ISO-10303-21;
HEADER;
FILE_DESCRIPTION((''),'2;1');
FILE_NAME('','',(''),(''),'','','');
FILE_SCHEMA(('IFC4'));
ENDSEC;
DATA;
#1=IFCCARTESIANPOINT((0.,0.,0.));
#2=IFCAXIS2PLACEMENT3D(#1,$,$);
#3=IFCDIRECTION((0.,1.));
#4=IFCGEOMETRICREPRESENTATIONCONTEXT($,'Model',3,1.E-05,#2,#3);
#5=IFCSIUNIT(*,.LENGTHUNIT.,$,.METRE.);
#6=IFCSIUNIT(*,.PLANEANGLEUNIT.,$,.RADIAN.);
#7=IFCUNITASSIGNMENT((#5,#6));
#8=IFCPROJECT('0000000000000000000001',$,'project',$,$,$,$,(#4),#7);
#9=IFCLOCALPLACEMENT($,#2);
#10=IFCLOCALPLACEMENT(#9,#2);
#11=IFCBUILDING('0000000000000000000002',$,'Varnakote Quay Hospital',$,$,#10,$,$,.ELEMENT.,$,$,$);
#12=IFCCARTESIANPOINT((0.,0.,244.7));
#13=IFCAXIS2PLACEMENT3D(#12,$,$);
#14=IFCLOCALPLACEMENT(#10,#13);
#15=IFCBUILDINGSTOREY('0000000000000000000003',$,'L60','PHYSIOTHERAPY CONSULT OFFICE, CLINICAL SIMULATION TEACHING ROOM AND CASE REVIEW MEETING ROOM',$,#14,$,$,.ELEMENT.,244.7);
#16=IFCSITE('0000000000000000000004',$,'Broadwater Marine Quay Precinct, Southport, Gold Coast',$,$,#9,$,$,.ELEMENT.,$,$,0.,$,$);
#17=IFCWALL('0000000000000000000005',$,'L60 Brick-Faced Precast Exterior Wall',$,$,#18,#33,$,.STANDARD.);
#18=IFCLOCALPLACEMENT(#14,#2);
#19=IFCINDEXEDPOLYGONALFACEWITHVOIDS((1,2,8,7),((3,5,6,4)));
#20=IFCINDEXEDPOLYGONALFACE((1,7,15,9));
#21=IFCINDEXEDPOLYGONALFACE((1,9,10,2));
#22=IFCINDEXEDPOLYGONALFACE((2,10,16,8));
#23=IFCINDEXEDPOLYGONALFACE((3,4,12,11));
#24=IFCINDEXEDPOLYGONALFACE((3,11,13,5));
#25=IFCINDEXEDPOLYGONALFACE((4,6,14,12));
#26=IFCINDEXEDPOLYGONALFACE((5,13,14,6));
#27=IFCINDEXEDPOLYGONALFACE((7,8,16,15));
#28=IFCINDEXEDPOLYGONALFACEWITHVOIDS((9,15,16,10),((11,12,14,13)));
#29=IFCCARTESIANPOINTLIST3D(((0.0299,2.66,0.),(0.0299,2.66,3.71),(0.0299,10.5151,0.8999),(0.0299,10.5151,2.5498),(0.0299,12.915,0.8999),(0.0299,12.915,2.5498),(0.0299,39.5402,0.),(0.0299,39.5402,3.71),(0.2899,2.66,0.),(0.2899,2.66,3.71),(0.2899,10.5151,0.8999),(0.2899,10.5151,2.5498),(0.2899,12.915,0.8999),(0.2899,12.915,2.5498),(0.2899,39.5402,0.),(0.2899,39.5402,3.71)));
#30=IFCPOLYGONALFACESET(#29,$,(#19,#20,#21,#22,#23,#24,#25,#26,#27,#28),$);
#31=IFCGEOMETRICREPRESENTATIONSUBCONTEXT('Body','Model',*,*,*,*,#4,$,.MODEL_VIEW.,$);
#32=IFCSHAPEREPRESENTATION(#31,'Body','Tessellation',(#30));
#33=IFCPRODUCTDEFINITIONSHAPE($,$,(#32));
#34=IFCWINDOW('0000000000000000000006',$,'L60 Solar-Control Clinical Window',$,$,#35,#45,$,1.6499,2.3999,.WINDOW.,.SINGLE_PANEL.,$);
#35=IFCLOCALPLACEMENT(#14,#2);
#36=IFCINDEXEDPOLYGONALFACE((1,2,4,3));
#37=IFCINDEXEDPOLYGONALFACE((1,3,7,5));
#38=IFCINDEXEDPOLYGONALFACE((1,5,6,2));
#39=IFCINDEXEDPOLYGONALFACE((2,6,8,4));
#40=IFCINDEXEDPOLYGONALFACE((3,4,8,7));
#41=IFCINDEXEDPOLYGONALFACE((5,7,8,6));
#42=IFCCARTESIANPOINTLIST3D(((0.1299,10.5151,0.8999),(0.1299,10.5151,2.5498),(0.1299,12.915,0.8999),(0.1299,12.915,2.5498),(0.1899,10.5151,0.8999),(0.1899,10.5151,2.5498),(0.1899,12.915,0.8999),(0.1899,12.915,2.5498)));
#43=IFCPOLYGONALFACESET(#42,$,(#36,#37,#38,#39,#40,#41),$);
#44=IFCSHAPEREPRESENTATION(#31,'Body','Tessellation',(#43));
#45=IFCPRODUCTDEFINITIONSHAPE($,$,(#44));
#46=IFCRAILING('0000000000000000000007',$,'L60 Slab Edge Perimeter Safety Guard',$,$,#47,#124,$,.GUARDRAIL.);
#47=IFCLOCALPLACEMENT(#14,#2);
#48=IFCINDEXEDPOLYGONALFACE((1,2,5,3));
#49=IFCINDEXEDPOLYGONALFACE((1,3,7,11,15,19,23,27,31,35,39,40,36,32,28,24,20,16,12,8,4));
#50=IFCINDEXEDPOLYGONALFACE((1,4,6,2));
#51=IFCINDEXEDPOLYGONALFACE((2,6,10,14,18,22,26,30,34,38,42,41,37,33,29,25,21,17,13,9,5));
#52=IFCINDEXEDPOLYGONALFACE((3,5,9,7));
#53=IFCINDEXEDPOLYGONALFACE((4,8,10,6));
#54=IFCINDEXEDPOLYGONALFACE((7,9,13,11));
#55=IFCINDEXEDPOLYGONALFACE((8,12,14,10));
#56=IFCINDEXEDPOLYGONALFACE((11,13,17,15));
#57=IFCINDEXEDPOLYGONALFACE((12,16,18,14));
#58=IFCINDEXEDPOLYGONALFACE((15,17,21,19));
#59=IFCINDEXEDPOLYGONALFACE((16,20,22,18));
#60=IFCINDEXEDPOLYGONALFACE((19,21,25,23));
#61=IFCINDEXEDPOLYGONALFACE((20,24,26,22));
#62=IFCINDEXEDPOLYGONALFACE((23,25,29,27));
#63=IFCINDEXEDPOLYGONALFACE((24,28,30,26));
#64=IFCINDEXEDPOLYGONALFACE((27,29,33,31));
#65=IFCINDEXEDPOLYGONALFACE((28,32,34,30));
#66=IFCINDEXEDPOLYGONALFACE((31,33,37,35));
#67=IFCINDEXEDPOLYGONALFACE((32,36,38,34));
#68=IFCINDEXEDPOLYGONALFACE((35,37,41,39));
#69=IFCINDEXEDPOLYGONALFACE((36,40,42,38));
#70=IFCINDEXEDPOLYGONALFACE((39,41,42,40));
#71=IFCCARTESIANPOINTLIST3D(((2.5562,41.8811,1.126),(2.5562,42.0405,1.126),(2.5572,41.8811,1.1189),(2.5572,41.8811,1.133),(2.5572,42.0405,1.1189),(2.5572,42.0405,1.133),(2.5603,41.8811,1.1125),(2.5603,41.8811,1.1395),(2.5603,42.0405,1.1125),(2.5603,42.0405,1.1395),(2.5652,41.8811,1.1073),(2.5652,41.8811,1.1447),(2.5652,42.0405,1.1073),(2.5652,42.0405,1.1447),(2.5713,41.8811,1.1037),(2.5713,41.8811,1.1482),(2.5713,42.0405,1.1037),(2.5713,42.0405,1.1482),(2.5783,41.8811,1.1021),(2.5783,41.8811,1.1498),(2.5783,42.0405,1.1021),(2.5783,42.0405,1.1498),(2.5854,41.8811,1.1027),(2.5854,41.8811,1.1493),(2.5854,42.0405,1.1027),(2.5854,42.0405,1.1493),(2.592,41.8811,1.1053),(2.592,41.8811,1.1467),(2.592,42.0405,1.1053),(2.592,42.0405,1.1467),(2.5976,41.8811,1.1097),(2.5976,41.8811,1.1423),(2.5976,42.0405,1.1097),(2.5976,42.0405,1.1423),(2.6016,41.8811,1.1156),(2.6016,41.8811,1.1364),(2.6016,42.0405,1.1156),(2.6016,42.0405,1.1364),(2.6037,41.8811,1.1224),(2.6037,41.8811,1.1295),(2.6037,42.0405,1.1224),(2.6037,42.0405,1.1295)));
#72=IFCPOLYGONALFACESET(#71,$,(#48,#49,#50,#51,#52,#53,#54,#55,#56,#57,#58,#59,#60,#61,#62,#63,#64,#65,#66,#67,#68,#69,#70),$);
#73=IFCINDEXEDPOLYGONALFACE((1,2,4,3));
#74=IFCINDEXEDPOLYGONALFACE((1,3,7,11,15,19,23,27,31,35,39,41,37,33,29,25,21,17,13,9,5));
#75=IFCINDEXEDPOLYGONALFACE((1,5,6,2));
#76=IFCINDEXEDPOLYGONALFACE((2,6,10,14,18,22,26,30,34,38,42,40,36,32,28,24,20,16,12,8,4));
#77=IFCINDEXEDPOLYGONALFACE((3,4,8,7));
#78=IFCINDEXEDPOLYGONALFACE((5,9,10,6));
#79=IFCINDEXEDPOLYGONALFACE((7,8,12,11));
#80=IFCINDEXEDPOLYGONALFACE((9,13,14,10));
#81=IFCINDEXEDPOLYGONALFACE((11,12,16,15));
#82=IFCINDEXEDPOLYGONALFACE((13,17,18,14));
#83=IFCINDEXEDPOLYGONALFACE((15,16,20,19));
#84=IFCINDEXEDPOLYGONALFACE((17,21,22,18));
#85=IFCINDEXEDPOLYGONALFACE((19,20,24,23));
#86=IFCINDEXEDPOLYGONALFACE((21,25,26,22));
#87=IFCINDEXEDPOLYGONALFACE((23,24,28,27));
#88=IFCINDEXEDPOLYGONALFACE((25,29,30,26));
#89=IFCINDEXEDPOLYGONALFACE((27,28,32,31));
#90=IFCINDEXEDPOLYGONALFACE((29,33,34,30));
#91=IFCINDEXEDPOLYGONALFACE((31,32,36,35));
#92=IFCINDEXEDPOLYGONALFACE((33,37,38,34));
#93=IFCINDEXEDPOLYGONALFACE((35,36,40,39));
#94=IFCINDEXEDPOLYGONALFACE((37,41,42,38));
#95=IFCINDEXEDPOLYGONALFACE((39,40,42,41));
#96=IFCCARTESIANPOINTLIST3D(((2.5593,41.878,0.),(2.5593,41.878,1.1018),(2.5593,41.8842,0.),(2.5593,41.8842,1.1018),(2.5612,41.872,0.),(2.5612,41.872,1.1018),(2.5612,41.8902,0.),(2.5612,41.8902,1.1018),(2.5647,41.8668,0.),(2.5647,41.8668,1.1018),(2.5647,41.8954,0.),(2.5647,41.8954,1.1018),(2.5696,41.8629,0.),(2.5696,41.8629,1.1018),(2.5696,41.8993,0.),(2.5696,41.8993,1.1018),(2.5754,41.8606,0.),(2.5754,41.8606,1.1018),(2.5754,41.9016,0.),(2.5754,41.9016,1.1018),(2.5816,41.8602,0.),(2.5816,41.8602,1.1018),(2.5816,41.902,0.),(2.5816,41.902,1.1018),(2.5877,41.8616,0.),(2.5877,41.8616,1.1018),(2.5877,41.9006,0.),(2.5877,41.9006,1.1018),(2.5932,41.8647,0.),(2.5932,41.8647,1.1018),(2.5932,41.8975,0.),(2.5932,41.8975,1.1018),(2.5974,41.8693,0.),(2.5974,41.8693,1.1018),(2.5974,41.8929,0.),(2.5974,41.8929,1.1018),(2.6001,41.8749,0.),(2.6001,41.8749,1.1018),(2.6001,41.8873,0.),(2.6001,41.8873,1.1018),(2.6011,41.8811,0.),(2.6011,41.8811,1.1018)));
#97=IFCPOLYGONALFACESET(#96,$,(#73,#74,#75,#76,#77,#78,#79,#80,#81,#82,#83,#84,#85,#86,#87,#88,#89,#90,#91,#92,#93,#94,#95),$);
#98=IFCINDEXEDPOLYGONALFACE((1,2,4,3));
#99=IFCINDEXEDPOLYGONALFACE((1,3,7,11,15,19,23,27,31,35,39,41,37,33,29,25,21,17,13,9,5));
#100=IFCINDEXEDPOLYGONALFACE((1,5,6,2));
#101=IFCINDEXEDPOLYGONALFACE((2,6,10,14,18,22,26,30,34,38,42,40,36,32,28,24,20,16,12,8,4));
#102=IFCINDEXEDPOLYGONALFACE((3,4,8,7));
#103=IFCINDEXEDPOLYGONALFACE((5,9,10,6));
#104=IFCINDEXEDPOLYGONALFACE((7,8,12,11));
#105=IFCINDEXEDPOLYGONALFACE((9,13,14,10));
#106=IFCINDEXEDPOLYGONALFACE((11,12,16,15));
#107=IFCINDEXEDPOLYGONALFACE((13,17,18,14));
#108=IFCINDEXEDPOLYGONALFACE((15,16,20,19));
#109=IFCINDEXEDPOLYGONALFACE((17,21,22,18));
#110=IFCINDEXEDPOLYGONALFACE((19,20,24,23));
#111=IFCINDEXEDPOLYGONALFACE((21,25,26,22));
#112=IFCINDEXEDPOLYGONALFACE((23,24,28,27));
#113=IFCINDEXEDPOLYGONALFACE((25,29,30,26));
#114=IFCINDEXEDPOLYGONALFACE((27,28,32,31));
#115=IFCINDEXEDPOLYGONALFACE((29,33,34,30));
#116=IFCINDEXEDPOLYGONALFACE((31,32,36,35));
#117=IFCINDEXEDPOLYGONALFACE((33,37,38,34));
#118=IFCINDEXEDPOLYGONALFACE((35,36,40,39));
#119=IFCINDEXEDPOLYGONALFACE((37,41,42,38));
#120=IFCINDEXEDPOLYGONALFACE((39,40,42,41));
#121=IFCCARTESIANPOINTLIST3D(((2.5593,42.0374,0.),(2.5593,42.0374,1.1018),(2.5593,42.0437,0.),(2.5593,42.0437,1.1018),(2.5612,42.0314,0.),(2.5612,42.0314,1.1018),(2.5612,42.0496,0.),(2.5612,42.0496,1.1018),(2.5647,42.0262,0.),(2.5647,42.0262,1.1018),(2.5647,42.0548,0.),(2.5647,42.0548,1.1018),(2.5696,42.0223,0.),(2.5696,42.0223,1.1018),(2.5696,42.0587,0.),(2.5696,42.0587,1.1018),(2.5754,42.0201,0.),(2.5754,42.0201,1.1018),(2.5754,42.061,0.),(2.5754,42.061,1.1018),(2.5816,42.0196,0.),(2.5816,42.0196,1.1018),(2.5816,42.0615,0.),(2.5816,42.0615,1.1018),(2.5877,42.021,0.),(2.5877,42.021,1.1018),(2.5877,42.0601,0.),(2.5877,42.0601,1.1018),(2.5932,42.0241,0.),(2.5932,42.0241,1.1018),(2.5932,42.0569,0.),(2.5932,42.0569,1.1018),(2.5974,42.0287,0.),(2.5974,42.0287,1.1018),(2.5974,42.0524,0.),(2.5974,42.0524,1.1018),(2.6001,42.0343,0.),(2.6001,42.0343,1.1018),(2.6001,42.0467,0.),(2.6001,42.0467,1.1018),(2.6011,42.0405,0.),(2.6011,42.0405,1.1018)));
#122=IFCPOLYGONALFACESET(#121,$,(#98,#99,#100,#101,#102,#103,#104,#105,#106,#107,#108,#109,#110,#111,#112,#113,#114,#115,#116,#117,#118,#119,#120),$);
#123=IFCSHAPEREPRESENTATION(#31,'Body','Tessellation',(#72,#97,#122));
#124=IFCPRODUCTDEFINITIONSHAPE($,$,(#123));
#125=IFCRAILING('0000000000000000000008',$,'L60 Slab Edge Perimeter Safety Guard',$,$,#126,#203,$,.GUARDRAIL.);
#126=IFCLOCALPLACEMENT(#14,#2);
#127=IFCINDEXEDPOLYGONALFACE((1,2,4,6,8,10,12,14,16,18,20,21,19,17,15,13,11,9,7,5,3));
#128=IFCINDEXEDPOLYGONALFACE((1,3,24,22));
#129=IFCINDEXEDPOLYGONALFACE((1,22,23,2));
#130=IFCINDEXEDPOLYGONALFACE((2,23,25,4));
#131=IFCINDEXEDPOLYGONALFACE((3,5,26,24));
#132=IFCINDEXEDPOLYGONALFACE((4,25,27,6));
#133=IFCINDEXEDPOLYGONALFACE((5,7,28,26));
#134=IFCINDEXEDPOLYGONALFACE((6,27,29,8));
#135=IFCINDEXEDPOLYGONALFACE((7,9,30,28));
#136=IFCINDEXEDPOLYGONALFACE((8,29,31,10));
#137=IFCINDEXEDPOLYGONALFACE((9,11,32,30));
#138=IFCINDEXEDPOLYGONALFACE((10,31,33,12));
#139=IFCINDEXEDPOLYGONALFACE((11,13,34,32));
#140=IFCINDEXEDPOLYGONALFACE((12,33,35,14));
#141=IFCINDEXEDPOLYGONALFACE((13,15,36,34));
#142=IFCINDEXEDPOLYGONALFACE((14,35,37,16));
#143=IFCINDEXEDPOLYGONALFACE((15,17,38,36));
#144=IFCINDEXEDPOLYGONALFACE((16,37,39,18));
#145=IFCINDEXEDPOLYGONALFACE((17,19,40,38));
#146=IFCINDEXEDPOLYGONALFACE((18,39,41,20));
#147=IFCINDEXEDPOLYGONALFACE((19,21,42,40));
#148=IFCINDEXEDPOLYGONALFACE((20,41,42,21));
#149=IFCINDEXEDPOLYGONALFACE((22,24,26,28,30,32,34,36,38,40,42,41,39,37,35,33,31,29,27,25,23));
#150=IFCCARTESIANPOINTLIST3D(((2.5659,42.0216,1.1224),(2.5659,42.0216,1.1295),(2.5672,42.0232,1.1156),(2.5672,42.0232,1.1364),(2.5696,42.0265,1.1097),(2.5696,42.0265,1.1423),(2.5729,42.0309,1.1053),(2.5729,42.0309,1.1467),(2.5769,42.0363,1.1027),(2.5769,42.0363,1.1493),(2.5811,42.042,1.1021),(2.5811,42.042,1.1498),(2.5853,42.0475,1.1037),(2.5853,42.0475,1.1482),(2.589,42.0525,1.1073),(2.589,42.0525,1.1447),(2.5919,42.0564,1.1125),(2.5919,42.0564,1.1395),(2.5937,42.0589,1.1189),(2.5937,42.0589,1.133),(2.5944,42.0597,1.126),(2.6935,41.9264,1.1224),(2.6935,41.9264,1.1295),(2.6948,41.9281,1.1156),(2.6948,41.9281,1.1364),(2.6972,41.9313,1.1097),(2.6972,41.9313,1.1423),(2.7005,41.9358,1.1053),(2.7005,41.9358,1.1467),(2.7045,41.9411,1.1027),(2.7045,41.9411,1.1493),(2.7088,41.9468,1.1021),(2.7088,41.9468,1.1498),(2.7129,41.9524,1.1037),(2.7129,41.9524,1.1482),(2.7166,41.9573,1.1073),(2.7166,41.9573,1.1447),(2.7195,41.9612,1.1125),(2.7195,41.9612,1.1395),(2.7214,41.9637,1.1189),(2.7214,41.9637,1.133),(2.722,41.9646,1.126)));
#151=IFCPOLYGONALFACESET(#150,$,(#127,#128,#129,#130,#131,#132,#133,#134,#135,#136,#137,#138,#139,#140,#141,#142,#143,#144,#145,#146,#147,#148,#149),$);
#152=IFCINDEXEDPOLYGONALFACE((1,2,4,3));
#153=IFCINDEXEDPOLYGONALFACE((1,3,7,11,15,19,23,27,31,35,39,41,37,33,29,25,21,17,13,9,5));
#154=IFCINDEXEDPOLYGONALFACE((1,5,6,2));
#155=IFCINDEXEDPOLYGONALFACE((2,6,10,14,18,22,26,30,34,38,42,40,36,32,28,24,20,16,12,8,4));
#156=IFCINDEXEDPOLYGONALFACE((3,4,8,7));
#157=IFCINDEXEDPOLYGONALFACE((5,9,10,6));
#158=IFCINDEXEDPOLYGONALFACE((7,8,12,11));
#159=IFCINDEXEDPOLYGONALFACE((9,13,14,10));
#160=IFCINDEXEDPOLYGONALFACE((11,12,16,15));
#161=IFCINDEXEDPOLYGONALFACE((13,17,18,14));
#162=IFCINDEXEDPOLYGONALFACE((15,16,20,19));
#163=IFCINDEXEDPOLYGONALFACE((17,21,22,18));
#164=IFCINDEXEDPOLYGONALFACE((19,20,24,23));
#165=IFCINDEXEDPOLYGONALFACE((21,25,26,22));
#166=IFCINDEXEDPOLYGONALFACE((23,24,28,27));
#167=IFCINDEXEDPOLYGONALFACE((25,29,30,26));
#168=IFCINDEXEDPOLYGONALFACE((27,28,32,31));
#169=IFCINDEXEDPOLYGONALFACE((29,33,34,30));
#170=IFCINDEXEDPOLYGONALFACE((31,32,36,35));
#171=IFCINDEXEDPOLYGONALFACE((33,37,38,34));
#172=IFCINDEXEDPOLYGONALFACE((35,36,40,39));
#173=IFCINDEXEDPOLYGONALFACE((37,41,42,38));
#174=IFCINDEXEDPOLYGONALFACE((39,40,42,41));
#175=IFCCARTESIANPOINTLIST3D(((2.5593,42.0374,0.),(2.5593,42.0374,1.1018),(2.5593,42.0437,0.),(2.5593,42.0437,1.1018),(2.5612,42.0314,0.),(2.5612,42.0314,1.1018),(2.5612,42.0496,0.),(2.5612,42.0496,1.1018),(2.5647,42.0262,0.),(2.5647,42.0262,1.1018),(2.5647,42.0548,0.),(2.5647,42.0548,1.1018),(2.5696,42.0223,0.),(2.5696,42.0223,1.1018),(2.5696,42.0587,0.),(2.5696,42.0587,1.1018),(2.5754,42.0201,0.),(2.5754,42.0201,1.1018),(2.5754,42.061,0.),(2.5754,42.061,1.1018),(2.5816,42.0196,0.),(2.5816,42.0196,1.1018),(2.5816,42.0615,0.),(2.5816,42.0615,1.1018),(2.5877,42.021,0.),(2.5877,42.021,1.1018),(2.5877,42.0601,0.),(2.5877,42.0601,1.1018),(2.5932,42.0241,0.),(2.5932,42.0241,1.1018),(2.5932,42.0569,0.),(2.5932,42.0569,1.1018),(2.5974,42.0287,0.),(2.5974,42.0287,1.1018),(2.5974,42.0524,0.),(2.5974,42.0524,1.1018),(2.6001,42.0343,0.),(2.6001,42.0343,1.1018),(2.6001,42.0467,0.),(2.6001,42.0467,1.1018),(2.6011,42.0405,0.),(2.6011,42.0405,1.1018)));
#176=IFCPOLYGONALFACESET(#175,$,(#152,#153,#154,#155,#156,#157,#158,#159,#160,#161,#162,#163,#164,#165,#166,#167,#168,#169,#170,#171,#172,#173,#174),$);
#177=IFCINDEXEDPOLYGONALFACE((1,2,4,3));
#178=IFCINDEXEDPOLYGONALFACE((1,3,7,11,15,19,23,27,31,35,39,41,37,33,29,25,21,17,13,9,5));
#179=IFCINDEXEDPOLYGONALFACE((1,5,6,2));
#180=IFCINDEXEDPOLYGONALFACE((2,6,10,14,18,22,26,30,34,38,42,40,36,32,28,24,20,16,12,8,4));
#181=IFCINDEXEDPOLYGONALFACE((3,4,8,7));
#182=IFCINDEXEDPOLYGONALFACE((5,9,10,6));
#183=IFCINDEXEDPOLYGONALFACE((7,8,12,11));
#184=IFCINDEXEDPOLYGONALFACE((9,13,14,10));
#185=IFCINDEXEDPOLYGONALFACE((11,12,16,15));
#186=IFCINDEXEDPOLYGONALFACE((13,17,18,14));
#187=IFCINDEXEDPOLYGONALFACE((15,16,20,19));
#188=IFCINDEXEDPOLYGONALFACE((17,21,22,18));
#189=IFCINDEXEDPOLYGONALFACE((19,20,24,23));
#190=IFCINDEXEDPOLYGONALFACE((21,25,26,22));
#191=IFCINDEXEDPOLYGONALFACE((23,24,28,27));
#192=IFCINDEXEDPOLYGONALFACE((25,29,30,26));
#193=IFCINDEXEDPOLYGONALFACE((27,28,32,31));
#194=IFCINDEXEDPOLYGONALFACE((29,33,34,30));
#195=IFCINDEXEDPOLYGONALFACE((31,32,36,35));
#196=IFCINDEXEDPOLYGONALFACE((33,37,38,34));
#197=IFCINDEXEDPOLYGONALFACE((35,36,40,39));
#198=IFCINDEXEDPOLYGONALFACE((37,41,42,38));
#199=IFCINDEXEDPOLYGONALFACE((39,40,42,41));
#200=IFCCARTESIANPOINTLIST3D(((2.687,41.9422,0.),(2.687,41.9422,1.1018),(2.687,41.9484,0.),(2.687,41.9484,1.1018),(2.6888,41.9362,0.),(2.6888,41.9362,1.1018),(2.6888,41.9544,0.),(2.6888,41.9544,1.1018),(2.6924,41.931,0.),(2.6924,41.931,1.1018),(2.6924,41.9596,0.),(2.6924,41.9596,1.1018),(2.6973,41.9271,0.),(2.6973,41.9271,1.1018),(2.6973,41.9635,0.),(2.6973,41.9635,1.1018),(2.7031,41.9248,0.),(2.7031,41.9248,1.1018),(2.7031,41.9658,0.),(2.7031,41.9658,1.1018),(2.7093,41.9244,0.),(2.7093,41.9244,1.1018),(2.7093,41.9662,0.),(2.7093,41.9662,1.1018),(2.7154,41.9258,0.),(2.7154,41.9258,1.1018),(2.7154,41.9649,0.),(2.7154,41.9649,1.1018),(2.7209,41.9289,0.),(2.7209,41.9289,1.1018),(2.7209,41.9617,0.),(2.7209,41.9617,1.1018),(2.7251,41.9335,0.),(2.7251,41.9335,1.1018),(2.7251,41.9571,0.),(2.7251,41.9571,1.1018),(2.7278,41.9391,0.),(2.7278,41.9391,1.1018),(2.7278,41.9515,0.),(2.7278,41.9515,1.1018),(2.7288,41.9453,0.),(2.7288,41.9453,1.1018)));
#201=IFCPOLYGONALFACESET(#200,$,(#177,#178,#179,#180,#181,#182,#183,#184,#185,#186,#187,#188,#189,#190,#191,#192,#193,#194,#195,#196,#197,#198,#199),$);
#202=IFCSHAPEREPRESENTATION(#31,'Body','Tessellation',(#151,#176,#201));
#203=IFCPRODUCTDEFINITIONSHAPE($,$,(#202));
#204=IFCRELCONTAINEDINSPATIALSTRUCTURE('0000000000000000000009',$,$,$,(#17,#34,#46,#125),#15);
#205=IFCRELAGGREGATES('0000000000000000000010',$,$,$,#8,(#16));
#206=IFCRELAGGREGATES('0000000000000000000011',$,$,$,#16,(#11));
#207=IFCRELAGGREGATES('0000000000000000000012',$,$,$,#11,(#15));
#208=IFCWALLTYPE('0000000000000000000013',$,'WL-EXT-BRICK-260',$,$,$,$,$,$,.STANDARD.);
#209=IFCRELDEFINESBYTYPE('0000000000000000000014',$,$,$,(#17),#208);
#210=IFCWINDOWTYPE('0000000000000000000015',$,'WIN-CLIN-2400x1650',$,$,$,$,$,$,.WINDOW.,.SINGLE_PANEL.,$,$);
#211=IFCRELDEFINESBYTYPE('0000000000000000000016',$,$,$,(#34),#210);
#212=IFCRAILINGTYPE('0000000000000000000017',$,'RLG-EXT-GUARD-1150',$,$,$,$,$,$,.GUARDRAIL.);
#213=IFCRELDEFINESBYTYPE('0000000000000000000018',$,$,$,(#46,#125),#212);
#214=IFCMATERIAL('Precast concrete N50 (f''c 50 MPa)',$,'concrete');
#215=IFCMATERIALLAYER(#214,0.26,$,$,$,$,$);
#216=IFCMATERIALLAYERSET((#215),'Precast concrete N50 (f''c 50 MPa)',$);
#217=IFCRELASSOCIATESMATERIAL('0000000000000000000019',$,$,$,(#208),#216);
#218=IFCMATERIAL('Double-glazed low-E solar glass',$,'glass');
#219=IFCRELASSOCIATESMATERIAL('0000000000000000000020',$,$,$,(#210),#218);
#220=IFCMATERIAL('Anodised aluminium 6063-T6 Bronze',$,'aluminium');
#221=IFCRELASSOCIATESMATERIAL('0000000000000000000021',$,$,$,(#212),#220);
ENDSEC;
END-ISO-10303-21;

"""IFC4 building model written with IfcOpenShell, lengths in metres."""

from ifc_helpers import new_model, si_unit, direction, frame, frame_2d, origin, origin_2d, place, context, subcontext, project, spatial, rectangle, circle, extrude, material, layer, layer_set, type_object, element, fill, save


model = new_model("IFC4")

# Units and contexts
model_context = context("Model", 3, precision=1e-05, world=origin(), true_north=direction((0.0, 1.0)))
body_context = subcontext(model_context, "Body", "Model", "MODEL_VIEW")
ifc_project = project(units=[si_unit("LENGTHUNIT", "METRE"), si_unit("PLANEANGLEUNIT", "RADIAN")], contexts=[model_context])

# Site, building, storey
site_placement = place(None, origin())
site = spatial("IfcSite", under=ifc_project, at=site_placement, Name="Broadwater Marine Quay Precinct, Southport, Gold Coast", CompositionType="ELEMENT", RefElevation=0.0)
building_placement = place(site_placement, origin())
building = spatial("IfcBuilding", under=site, at=building_placement, Name="Varnakote Quay Hospital", CompositionType="ELEMENT")
storey_placement = place(building_placement, frame((0.0, 0.0, 244.7)))
storey = spatial("IfcBuildingStorey", under=building, at=storey_placement, Name="L60", Description="PHYSIOTHERAPY CONSULT OFFICE, CLINICAL SIMULATION TEACHING ROOM AND CASE REVIEW MEETING ROOM", CompositionType="ELEMENT", Elevation=244.7)

# Shared definitions
ifc_material_1 = material(Name="Precast concrete N50 (f'c 50 MPa)", Category="concrete")
ifc_layer_1 = layer(ifc_material_1, 0.26)
ifc_layer_set_1 = layer_set([ifc_layer_1], Name="Precast concrete N50 (f'c 50 MPa)")
wall_type = type_object("IfcWallType", Name="WL-EXT-BRICK-260", PredefinedType="STANDARD", material=ifc_layer_set_1)
ifc_material_2 = material(Name="Double-glazed low-E solar glass", Category="glass")
window_type = type_object("IfcWindowType", Name="WIN-CLIN-2400x1650", PartitioningType="SINGLE_PANEL", PredefinedType="WINDOW", material=ifc_material_2)

# Wall, opening, window
wall_1_placement = place(storey_placement, frame((0.1599, 39.54, 0.0), z_axis=(0.0, 0.0, 1.0), x_axis=(0.0, -1.0, 0.0)))
wall_1 = element("IfcWall", 1, at=wall_1_placement, inside=storey, type_object=wall_type, Name="L60 Brick-Faced Precast Exterior Wall", PredefinedType="STANDARD", context=body_context, shape_type="SweptSolid", body=[
    extrude(rectangle(XDim=36.8801, YDim=0.26, at=frame_2d((18.4399, 0.0))), origin(), (0.0, 0.0, 1.0), 3.71),
])
opening_1_placement = place(wall_1_placement, frame((26.625, 0.0, 0.8999)))
opening_1 = element("IfcOpeningElement", 2, at=opening_1_placement, cuts=wall_1, PredefinedType="OPENING", context=body_context, shape_type="SweptSolid", body=[
    extrude(rectangle(XDim=2.3999, YDim=1.6499, at=frame_2d((1.2, 0.825))), frame((0.0, 0.1399, 0.0), z_axis=(0.0, -1.0, 0.0), x_axis=(1.0, 0.0, 0.0)), (0.0, 0.0, 1.0), 0.28),
])
window_1_placement = place(opening_1_placement, origin())
window_1 = element("IfcWindow", 3, at=window_1_placement, inside=storey, type_object=window_type, Name="L60 Solar-Control Clinical Window", OverallHeight=1.6499, OverallWidth=2.3999, PartitioningType="SINGLE_PANEL", PredefinedType="WINDOW", context=body_context, shape_type="SweptSolid", body=[
    extrude(rectangle(XDim=2.3999, YDim=1.6499, at=frame_2d((1.2, 0.825))), frame((0.0, 0.03, 0.0), z_axis=(0.0, -1.0, 0.0), x_axis=(1.0, 0.0, 0.0)), (0.0, 0.0, 1.0), 0.0601),
])
fill(opening_1, window_1)

# Railings
ifc_material_3 = material(Name="Anodised aluminium 6063-T6 Bronze", Category="aluminium")
railing_type = type_object("IfcRailingType", Name="RLG-EXT-GUARD-1150", PredefinedType="GUARDRAIL", material=ifc_material_3)
railing_1_placement = place(storey_placement, frame((2.5801, 41.8811, 0.0)))
element("IfcRailing", 4, at=railing_1_placement, inside=storey, type_object=railing_type, Name="L60 Slab Edge Perimeter Safety Guard", PredefinedType="GUARDRAIL", context=body_context, shape_type="SweptSolid", body=[
    extrude(circle(Radius=0.0239, at=origin_2d()), frame((0.0, 0.0, 1.126), z_axis=(0.0, 1.0, 0.0), x_axis=(-1.0, 0.0, 0.0)), (0.0, 0.0, 1.0), 0.1594),
    extrude(circle(Radius=0.021, at=origin_2d()), origin(), (0.0, 0.0, 1.0), 1.1018),
    extrude(circle(Radius=0.021, at=origin_2d()), frame((0.0, 0.1594, 0.0)), (0.0, 0.0, 1.0), 1.1018),
])
railing_2_placement = place(storey_placement, frame((2.5801, 42.0405, 0.0)))
element("IfcRailing", 5, at=railing_2_placement, inside=storey, type_object=railing_type, Name="L60 Slab Edge Perimeter Safety Guard", PredefinedType="GUARDRAIL", context=body_context, shape_type="SweptSolid", body=[
    extrude(circle(Radius=0.0239, at=origin_2d()), frame((0.0, 0.0, 1.126), z_axis=(0.801652, -0.59779, 0.0), x_axis=(0.59779, 0.801652, 0.0)), (0.0, 0.0, 1.0), 0.1592),
    extrude(circle(Radius=0.021, at=origin_2d()), origin(), (0.0, 0.0, 1.0), 1.1018),
    extrude(circle(Radius=0.021, at=origin_2d()), frame((0.1277, -0.0952, 0.0)), (0.0, 0.0, 1.0), 1.1018),
])

save(model, "model.ifc")
